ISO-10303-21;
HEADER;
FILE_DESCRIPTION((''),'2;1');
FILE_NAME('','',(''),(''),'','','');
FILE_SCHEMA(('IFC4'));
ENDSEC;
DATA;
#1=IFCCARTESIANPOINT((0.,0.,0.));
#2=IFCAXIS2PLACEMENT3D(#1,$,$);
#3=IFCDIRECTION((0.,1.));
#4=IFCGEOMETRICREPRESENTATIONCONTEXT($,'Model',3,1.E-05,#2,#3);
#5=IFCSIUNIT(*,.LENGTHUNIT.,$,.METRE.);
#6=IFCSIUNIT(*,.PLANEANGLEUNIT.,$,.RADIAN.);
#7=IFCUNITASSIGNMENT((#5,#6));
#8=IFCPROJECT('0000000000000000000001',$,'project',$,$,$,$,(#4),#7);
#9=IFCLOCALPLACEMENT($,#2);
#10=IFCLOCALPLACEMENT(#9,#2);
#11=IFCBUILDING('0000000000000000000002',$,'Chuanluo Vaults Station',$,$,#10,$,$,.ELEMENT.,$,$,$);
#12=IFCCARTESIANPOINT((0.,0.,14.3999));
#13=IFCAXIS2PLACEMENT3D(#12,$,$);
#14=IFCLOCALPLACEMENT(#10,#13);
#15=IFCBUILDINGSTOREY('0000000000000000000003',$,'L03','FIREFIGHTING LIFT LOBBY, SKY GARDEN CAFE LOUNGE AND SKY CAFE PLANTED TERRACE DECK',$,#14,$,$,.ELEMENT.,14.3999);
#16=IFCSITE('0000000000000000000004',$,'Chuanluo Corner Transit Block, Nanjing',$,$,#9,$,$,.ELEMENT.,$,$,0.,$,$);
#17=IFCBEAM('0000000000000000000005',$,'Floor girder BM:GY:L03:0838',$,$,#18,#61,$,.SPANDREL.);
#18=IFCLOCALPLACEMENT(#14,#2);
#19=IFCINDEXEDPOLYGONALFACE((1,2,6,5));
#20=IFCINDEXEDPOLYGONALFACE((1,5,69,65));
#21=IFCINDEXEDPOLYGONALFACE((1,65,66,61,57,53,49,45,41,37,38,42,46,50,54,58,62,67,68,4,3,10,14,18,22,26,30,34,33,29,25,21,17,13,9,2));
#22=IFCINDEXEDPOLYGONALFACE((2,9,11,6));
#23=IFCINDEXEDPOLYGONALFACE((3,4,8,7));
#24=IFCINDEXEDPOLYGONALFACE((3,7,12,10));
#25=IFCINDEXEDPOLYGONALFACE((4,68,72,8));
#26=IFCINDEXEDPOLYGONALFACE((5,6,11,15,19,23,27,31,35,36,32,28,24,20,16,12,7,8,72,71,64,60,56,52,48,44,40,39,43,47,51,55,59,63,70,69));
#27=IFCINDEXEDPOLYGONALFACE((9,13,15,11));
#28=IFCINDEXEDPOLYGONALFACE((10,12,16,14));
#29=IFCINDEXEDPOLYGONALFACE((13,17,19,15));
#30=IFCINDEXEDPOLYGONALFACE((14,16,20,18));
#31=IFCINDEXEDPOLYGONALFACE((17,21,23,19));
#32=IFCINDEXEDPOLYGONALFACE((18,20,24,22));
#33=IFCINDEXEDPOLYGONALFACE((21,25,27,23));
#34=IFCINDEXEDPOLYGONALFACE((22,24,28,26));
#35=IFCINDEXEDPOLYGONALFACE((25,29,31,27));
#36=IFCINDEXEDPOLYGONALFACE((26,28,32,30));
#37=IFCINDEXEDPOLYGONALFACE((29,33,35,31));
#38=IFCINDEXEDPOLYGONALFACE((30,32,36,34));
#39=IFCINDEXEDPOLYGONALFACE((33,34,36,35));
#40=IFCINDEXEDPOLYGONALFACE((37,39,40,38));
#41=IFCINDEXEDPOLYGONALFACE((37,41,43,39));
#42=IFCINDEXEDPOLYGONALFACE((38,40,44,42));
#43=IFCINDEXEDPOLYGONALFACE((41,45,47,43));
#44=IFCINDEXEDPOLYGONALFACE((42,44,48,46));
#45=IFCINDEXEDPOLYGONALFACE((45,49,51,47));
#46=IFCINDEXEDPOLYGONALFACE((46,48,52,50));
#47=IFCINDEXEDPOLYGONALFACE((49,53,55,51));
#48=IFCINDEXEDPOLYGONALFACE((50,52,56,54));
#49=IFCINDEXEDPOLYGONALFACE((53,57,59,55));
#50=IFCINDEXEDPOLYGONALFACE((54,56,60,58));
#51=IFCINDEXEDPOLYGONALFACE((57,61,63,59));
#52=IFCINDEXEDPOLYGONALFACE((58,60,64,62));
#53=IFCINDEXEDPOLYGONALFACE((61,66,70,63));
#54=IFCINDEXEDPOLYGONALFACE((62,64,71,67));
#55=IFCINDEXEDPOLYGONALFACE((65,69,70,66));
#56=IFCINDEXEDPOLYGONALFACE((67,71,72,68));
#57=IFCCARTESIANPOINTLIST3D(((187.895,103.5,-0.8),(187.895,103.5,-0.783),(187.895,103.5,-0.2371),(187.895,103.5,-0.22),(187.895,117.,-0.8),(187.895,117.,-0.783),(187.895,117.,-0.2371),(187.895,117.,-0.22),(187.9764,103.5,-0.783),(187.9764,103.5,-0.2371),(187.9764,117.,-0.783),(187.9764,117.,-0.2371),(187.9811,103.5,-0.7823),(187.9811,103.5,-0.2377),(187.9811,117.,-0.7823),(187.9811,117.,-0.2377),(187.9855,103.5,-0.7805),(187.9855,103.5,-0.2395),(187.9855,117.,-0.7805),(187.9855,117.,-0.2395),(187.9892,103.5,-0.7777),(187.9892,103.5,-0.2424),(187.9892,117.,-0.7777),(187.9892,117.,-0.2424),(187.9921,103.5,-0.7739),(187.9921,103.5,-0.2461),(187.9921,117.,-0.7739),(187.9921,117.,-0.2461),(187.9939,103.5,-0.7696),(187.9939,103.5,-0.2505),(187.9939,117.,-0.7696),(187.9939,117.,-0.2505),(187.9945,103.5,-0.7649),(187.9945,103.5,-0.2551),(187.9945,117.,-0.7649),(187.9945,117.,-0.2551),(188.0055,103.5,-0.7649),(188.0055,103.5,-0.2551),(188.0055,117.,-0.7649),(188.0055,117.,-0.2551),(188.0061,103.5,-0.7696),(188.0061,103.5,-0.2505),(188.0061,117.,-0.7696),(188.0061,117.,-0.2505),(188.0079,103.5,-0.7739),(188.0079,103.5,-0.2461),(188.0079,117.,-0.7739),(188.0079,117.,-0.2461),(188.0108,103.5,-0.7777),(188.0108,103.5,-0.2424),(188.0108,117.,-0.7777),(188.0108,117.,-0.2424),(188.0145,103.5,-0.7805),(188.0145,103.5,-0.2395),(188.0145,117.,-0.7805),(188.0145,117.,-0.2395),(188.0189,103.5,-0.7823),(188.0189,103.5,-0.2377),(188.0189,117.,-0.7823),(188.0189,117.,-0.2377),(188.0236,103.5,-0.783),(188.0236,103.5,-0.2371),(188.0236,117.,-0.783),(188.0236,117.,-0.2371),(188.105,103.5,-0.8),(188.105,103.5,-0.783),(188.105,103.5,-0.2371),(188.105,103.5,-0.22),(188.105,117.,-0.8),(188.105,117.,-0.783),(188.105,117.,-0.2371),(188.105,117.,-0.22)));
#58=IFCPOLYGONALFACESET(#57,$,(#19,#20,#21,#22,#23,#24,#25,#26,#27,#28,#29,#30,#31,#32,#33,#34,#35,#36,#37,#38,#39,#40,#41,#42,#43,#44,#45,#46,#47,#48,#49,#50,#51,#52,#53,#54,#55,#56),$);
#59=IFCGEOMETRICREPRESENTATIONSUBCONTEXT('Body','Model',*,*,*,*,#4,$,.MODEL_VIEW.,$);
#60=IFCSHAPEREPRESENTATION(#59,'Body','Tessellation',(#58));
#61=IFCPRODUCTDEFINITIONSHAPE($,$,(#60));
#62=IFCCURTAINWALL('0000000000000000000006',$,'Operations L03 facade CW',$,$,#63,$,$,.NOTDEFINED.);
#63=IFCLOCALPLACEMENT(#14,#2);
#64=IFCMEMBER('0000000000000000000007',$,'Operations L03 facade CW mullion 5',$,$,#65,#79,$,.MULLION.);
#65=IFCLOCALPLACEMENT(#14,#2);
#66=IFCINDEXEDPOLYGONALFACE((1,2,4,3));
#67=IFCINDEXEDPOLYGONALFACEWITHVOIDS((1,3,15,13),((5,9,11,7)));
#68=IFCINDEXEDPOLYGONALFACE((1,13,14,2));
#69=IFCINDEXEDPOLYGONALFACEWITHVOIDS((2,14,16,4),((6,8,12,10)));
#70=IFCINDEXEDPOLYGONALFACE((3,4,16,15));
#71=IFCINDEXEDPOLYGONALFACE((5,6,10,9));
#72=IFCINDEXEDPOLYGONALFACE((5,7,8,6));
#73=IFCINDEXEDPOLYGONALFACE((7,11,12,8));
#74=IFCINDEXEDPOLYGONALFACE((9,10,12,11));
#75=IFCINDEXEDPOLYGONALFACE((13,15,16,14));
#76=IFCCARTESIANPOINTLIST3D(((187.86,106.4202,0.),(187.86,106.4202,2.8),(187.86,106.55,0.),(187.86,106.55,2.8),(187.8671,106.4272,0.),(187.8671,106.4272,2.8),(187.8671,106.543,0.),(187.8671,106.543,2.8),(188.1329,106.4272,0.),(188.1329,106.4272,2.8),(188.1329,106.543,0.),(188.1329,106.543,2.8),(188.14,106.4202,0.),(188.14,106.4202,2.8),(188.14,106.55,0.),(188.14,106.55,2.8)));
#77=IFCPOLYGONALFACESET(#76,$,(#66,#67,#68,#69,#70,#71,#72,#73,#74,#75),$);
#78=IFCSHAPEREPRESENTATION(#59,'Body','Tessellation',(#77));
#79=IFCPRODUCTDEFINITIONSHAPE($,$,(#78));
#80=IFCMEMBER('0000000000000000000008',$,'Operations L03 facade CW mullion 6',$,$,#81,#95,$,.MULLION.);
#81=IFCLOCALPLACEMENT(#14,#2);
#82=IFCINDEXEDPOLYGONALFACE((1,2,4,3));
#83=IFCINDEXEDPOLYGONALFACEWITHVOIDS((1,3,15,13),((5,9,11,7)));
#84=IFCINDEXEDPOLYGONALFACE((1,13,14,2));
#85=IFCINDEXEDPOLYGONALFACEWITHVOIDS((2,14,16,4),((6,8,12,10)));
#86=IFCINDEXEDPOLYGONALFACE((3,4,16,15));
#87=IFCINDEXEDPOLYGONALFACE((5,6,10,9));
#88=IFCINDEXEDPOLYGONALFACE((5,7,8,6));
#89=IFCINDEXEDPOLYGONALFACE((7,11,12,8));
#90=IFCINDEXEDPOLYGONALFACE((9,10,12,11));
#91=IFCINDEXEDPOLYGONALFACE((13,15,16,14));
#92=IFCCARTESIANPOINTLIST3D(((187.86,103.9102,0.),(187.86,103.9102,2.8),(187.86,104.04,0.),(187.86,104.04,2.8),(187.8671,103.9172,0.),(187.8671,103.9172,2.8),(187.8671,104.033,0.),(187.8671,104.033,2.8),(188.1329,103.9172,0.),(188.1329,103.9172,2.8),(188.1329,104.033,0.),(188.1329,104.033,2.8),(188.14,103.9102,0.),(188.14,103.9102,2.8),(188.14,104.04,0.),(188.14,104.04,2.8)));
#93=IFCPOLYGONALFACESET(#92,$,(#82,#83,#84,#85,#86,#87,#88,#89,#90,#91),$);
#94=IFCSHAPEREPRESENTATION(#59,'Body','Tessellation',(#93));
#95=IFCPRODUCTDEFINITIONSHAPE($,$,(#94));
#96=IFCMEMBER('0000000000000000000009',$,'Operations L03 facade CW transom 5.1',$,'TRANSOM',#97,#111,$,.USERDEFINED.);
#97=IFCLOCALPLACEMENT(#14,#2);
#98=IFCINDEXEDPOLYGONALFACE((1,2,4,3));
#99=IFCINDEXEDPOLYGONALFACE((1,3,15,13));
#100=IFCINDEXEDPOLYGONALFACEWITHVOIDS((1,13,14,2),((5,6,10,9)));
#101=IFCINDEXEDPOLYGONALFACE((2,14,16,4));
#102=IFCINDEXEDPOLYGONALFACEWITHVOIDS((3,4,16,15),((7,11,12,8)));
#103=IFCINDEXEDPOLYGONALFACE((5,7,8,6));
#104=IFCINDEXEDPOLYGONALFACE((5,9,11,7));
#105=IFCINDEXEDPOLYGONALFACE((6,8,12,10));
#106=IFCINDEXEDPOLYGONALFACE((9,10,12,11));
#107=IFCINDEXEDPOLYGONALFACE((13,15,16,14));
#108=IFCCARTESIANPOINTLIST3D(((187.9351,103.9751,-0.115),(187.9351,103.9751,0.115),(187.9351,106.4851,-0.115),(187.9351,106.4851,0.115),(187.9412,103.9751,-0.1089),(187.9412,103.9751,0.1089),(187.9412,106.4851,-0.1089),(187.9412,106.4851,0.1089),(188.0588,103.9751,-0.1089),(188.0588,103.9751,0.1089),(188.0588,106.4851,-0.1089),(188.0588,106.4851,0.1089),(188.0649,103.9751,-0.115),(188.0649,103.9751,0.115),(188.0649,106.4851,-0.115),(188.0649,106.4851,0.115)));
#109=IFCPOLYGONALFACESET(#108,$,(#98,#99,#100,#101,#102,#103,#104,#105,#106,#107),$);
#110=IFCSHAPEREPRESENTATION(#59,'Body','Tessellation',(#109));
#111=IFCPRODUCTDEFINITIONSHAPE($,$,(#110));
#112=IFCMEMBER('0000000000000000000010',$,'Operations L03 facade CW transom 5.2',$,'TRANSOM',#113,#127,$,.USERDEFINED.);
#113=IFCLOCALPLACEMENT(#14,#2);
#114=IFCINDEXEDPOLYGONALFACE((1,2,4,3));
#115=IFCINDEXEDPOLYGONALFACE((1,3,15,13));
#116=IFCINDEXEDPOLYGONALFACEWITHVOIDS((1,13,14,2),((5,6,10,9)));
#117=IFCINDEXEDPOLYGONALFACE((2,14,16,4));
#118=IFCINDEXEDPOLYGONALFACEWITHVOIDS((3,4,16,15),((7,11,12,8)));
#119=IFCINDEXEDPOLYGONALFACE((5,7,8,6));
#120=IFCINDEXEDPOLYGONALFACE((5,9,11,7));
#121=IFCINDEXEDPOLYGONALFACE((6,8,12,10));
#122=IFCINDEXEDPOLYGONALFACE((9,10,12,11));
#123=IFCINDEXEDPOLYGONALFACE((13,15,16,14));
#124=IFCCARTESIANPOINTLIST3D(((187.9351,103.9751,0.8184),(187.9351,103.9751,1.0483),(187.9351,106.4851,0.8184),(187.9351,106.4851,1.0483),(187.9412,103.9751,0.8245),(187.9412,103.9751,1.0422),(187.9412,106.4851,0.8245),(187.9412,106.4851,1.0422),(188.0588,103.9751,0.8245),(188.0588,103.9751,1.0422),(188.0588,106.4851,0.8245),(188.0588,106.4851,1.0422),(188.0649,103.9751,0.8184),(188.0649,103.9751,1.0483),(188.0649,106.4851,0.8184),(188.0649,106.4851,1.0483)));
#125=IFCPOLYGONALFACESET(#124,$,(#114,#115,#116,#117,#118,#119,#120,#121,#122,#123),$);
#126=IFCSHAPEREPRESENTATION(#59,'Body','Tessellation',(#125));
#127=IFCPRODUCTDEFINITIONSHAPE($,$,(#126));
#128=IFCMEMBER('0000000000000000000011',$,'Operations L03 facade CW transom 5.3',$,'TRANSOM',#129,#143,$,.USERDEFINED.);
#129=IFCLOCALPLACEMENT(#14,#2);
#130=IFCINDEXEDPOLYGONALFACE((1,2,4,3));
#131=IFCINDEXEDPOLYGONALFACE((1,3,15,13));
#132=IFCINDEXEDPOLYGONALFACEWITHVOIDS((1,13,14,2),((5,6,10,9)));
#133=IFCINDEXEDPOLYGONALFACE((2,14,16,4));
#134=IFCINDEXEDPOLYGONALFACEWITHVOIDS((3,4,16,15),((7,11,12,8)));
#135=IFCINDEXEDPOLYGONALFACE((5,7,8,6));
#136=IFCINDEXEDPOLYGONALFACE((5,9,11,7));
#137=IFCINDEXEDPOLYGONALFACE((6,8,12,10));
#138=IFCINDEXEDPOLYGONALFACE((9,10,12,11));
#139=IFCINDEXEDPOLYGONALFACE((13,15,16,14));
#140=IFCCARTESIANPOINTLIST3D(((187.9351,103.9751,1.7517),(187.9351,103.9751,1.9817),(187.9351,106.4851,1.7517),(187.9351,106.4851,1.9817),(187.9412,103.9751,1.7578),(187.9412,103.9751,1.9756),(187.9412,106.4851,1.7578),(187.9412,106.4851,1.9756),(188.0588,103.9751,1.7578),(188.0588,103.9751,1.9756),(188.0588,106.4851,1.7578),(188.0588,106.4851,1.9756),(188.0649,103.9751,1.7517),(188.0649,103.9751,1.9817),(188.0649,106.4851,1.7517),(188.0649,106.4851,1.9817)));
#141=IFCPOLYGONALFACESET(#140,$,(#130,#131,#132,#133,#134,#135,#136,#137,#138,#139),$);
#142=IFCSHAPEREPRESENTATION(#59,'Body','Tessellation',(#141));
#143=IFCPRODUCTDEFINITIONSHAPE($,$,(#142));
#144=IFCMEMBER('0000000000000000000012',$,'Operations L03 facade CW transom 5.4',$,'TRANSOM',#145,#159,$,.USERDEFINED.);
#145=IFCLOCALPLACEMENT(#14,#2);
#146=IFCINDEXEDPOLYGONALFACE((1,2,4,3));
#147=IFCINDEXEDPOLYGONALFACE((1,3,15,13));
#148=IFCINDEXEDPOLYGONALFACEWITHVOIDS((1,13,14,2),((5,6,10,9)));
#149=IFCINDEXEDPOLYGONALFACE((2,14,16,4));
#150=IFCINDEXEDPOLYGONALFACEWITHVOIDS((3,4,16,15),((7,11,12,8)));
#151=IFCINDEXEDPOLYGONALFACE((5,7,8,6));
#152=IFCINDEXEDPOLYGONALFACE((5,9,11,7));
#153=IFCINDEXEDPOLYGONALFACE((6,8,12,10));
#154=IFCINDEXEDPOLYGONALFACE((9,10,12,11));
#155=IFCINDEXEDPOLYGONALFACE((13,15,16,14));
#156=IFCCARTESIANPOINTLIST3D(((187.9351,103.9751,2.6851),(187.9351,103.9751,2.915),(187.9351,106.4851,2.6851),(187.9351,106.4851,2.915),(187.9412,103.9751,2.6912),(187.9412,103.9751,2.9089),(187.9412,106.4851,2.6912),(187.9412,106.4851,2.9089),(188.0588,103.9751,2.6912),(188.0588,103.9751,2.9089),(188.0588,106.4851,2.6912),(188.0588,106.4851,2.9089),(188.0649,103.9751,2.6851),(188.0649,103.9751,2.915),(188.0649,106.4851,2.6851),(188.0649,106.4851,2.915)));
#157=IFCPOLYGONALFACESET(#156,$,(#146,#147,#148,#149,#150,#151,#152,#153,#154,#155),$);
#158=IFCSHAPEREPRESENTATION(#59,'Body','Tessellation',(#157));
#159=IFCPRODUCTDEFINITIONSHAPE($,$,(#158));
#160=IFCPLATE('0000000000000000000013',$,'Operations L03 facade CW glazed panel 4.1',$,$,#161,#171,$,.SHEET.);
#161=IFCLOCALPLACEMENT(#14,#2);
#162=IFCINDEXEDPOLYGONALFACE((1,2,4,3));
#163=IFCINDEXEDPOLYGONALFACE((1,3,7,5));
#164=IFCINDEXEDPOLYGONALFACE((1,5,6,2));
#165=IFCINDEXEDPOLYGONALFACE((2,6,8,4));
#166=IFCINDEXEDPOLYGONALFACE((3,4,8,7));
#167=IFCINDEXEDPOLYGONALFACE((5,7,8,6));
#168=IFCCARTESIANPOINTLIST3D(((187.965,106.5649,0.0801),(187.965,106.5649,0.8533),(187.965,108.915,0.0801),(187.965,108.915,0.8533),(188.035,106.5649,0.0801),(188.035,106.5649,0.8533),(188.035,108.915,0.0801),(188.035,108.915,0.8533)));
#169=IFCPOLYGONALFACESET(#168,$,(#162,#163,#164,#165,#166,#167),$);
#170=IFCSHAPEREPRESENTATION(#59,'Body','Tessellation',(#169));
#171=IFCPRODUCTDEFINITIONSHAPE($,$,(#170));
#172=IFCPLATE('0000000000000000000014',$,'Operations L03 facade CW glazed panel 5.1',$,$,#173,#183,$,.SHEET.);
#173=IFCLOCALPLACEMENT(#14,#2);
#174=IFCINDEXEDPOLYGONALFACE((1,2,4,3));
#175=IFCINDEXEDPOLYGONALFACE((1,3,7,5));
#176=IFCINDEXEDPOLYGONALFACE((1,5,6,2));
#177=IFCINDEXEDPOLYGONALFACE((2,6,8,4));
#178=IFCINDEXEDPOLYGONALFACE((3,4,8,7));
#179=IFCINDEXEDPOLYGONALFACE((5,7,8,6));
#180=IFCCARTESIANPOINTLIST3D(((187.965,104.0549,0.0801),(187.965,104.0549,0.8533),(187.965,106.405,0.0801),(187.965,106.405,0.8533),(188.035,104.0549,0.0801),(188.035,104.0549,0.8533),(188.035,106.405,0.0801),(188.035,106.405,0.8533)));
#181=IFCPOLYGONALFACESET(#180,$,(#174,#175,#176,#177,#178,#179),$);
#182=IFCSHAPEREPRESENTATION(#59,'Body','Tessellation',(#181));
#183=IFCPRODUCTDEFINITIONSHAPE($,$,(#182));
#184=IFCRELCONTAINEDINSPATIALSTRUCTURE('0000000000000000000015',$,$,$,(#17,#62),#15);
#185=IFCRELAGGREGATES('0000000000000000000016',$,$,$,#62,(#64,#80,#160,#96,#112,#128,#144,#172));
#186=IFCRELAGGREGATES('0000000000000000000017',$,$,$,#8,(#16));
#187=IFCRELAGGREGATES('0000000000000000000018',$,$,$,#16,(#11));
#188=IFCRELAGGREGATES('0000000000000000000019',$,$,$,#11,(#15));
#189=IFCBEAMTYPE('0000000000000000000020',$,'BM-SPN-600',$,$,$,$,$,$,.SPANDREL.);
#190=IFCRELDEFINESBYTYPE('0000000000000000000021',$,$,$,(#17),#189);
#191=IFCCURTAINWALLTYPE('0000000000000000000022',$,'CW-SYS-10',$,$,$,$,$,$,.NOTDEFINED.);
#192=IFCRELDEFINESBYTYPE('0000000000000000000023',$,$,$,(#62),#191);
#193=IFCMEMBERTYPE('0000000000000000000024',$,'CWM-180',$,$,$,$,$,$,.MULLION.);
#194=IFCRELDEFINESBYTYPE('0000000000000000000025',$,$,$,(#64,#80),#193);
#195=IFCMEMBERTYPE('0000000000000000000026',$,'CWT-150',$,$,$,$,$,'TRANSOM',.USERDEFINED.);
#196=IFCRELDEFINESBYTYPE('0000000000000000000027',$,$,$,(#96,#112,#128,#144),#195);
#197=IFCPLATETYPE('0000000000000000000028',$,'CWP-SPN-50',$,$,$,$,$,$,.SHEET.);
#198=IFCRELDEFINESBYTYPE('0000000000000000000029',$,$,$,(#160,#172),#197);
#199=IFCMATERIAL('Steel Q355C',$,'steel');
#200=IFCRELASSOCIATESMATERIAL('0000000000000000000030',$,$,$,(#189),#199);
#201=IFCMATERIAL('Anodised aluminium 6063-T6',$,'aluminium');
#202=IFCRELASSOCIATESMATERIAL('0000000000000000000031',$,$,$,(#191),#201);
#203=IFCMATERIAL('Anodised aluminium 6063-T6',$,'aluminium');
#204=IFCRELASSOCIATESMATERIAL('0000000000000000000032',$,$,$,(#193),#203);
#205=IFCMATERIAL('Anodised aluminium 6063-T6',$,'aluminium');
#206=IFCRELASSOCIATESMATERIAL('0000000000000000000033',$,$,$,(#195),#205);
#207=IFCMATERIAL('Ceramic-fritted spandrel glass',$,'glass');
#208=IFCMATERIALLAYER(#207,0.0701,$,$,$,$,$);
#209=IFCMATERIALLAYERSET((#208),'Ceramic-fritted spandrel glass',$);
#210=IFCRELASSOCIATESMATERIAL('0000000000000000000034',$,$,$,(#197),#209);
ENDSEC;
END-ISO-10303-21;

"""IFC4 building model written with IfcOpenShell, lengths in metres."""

from ifc_helpers import new_model, si_unit, direction, frame, origin, origin_2d, place, context, subcontext, project, spatial, rectangle, hollow_rectangle, i_section, extrude, material, layer, layer_set, material_profile, profile_set, type_object, element, aggregate, save


model = new_model("IFC4")

# Units and contexts
model_context = context("Model", 3, precision=1e-05, world=origin(), true_north=direction((0.0, 1.0)))
body_context = subcontext(model_context, "Body", "Model", "MODEL_VIEW")
ifc_project = project(units=[si_unit("LENGTHUNIT", "METRE"), si_unit("PLANEANGLEUNIT", "RADIAN")], contexts=[model_context])

# Site, building, storey
site_placement = place(None, origin())
site = spatial("IfcSite", under=ifc_project, at=site_placement, Name="Chuanluo Corner Transit Block, Nanjing", CompositionType="ELEMENT", RefElevation=0.0)
building_placement = place(site_placement, origin())
building = spatial("IfcBuilding", under=site, at=building_placement, Name="Chuanluo Vaults Station", CompositionType="ELEMENT")
storey_placement = place(building_placement, frame((0.0, 0.0, 14.3999)))
storey = spatial("IfcBuildingStorey", under=building, at=storey_placement, Name="L03", Description="FIREFIGHTING LIFT LOBBY, SKY GARDEN CAFE LOUNGE AND SKY CAFE PLANTED TERRACE DECK", CompositionType="ELEMENT", Elevation=14.3999)

# Beam
ifc_material_1 = material(Name="Steel Q355C", Category="steel")
ifc_material_profile_1 = material_profile(ifc_material_1, i_section(OverallWidth=0.21, OverallDepth=0.5801, WebThickness=0.011, FlangeThickness=0.0171, FilletRadius=0.0181, at=origin_2d()))
ifc_profile_set_1 = profile_set([ifc_material_profile_1], Name="Steel Q355C")
beam_type_1 = type_object("IfcBeamType", Name="BM-SPN-600", PredefinedType="SPANDREL", material=ifc_profile_set_1)
beam_1_placement = place(storey_placement, frame((188.0, 103.5, -0.51), z_axis=(0.0, 1.0, 0.0), x_axis=(-1.0, 0.0, 0.0)))
element("IfcBeam", 1, at=beam_1_placement, inside=storey, type_object=beam_type_1, Name="Floor girder BM:GY:L03:0838", PredefinedType="SPANDREL", context=body_context, shape_type="SweptSolid", body=[
    extrude(i_section(OverallWidth=0.21, OverallDepth=0.5801, WebThickness=0.011, FlangeThickness=0.0171, FilletRadius=0.0181, at=origin_2d()), origin(), (0.0, 0.0, 1.0), 13.5),
])

# Curtain wall, members, plates
ifc_material_2 = material(Name="Anodised aluminium 6063-T6", Category="aluminium")
curtain_wall_type = type_object("IfcCurtainWallType", Name="CW-SYS-10", PredefinedType="NOTDEFINED", material=ifc_material_2)
curtain_wall_placement = place(storey_placement, origin())
curtain_wall = element("IfcCurtainWall", 2, at=curtain_wall_placement, inside=storey, type_object=curtain_wall_type, Name="Operations L03 facade CW", PredefinedType="NOTDEFINED")
ifc_material_3 = material(Name="Anodised aluminium 6063-T6", Category="aluminium")
ifc_material_profile_2 = material_profile(ifc_material_3, hollow_rectangle(XDim=0.1299, YDim=0.28, WallThickness=0.0071, at=origin_2d()))
ifc_profile_set_2 = profile_set([ifc_material_profile_2], Name="Anodised aluminium 6063-T6")
member_type_1 = type_object("IfcMemberType", Name="CWM-180", PredefinedType="MULLION", material=ifc_profile_set_2)
member_1_placement = place(storey_placement, frame((188.0, 106.4851, 0.0), z_axis=(0.0, 0.0, 1.0), x_axis=(0.0, -1.0, 0.0)))
member_1 = element("IfcMember", 3, at=member_1_placement, type_object=member_type_1, Name="Operations L03 facade CW mullion 5", PredefinedType="MULLION", context=body_context, shape_type="SweptSolid", body=[
    extrude(hollow_rectangle(XDim=0.1299, YDim=0.28, WallThickness=0.0071, at=origin_2d()), origin(), (0.0, 0.0, 1.0), 2.8),
])
member_2_placement = place(storey_placement, frame((188.0, 103.9751, 0.0), z_axis=(0.0, 0.0, 1.0), x_axis=(0.0, -1.0, 0.0)))
member_2 = element("IfcMember", 4, at=member_2_placement, type_object=member_type_1, Name="Operations L03 facade CW mullion 6", PredefinedType="MULLION", context=body_context, shape_type="SweptSolid", body=[
    extrude(hollow_rectangle(XDim=0.1299, YDim=0.28, WallThickness=0.0071, at=origin_2d()), origin(), (0.0, 0.0, 1.0), 2.8),
])
ifc_material_4 = material(Name="Anodised aluminium 6063-T6", Category="aluminium")
ifc_material_profile_3 = material_profile(ifc_material_4, hollow_rectangle(XDim=0.1299, YDim=0.23, WallThickness=0.0061, at=origin_2d()))
ifc_profile_set_3 = profile_set([ifc_material_profile_3], Name="Anodised aluminium 6063-T6")
member_type_2 = type_object("IfcMemberType", Name="CWT-150", ElementType="TRANSOM", PredefinedType="USERDEFINED", material=ifc_profile_set_3)
member_3_placement = place(storey_placement, frame((188.0, 106.4851, 0.0), z_axis=(0.0, -1.0, 0.0), x_axis=(1.0, 0.0, 0.0)))
member_3 = element("IfcMember", 5, at=member_3_placement, type_object=member_type_2, Name="Operations L03 facade CW transom 5.1", ObjectType="TRANSOM", PredefinedType="USERDEFINED", context=body_context, shape_type="SweptSolid", body=[
    extrude(hollow_rectangle(XDim=0.1299, YDim=0.23, WallThickness=0.0061, at=origin_2d()), origin(), (0.0, 0.0, 1.0), 2.51),
])
member_4_placement = place(storey_placement, frame((188.0, 106.4851, 0.9333), z_axis=(0.0, -1.0, 0.0), x_axis=(1.0, 0.0, 0.0)))
member_4 = element("IfcMember", 6, at=member_4_placement, type_object=member_type_2, Name="Operations L03 facade CW transom 5.2", ObjectType="TRANSOM", PredefinedType="USERDEFINED", context=body_context, shape_type="SweptSolid", body=[
    extrude(hollow_rectangle(XDim=0.1299, YDim=0.23, WallThickness=0.0061, at=origin_2d()), origin(), (0.0, 0.0, 1.0), 2.51),
])
member_5_placement = place(storey_placement, frame((188.0, 106.4851, 1.8667), z_axis=(0.0, -1.0, 0.0), x_axis=(1.0, 0.0, 0.0)))
member_5 = element("IfcMember", 7, at=member_5_placement, type_object=member_type_2, Name="Operations L03 facade CW transom 5.3", ObjectType="TRANSOM", PredefinedType="USERDEFINED", context=body_context, shape_type="SweptSolid", body=[
    extrude(hollow_rectangle(XDim=0.1299, YDim=0.23, WallThickness=0.0061, at=origin_2d()), origin(), (0.0, 0.0, 1.0), 2.51),
])
member_6_placement = place(storey_placement, frame((188.0, 106.4851, 2.8), z_axis=(0.0, -1.0, 0.0), x_axis=(1.0, 0.0, 0.0)))
member_6 = element("IfcMember", 8, at=member_6_placement, type_object=member_type_2, Name="Operations L03 facade CW transom 5.4", ObjectType="TRANSOM", PredefinedType="USERDEFINED", context=body_context, shape_type="SweptSolid", body=[
    extrude(hollow_rectangle(XDim=0.1299, YDim=0.23, WallThickness=0.0061, at=origin_2d()), origin(), (0.0, 0.0, 1.0), 2.51),
])
ifc_material_5 = material(Name="Ceramic-fritted spandrel glass", Category="glass")
ifc_layer_1 = layer(ifc_material_5, 0.0701)
ifc_layer_set_1 = layer_set([ifc_layer_1], Name="Ceramic-fritted spandrel glass")
plate_type_1 = type_object("IfcPlateType", Name="CWP-SPN-50", PredefinedType="SHEET", material=ifc_layer_set_1)
plate_1_placement = place(storey_placement, frame((188.0, 107.74, 0.0801), z_axis=(0.0, 0.0, 1.0), x_axis=(0.0, -1.0, 0.0)))
plate_1 = element("IfcPlate", 9, at=plate_1_placement, type_object=plate_type_1, Name="Operations L03 facade CW glazed panel 4.1", PredefinedType="SHEET", context=body_context, shape_type="SweptSolid", body=[
    extrude(rectangle(XDim=2.3501, YDim=0.0701, at=origin_2d()), origin(), (0.0, 0.0, 1.0), 0.7732),
])
plate_2_placement = place(storey_placement, frame((188.0, 105.23, 0.0801), z_axis=(0.0, 0.0, 1.0), x_axis=(0.0, -1.0, 0.0)))
plate_2 = element("IfcPlate", 10, at=plate_2_placement, type_object=plate_type_1, Name="Operations L03 facade CW glazed panel 5.1", PredefinedType="SHEET", context=body_context, shape_type="SweptSolid", body=[
    extrude(rectangle(XDim=2.3501, YDim=0.0701, at=origin_2d()), origin(), (0.0, 0.0, 1.0), 0.7732),
])
aggregate(curtain_wall, [member_1, member_2, plate_1, member_3, member_4, member_5, member_6, plate_2])

save(model, "model.ifc")
